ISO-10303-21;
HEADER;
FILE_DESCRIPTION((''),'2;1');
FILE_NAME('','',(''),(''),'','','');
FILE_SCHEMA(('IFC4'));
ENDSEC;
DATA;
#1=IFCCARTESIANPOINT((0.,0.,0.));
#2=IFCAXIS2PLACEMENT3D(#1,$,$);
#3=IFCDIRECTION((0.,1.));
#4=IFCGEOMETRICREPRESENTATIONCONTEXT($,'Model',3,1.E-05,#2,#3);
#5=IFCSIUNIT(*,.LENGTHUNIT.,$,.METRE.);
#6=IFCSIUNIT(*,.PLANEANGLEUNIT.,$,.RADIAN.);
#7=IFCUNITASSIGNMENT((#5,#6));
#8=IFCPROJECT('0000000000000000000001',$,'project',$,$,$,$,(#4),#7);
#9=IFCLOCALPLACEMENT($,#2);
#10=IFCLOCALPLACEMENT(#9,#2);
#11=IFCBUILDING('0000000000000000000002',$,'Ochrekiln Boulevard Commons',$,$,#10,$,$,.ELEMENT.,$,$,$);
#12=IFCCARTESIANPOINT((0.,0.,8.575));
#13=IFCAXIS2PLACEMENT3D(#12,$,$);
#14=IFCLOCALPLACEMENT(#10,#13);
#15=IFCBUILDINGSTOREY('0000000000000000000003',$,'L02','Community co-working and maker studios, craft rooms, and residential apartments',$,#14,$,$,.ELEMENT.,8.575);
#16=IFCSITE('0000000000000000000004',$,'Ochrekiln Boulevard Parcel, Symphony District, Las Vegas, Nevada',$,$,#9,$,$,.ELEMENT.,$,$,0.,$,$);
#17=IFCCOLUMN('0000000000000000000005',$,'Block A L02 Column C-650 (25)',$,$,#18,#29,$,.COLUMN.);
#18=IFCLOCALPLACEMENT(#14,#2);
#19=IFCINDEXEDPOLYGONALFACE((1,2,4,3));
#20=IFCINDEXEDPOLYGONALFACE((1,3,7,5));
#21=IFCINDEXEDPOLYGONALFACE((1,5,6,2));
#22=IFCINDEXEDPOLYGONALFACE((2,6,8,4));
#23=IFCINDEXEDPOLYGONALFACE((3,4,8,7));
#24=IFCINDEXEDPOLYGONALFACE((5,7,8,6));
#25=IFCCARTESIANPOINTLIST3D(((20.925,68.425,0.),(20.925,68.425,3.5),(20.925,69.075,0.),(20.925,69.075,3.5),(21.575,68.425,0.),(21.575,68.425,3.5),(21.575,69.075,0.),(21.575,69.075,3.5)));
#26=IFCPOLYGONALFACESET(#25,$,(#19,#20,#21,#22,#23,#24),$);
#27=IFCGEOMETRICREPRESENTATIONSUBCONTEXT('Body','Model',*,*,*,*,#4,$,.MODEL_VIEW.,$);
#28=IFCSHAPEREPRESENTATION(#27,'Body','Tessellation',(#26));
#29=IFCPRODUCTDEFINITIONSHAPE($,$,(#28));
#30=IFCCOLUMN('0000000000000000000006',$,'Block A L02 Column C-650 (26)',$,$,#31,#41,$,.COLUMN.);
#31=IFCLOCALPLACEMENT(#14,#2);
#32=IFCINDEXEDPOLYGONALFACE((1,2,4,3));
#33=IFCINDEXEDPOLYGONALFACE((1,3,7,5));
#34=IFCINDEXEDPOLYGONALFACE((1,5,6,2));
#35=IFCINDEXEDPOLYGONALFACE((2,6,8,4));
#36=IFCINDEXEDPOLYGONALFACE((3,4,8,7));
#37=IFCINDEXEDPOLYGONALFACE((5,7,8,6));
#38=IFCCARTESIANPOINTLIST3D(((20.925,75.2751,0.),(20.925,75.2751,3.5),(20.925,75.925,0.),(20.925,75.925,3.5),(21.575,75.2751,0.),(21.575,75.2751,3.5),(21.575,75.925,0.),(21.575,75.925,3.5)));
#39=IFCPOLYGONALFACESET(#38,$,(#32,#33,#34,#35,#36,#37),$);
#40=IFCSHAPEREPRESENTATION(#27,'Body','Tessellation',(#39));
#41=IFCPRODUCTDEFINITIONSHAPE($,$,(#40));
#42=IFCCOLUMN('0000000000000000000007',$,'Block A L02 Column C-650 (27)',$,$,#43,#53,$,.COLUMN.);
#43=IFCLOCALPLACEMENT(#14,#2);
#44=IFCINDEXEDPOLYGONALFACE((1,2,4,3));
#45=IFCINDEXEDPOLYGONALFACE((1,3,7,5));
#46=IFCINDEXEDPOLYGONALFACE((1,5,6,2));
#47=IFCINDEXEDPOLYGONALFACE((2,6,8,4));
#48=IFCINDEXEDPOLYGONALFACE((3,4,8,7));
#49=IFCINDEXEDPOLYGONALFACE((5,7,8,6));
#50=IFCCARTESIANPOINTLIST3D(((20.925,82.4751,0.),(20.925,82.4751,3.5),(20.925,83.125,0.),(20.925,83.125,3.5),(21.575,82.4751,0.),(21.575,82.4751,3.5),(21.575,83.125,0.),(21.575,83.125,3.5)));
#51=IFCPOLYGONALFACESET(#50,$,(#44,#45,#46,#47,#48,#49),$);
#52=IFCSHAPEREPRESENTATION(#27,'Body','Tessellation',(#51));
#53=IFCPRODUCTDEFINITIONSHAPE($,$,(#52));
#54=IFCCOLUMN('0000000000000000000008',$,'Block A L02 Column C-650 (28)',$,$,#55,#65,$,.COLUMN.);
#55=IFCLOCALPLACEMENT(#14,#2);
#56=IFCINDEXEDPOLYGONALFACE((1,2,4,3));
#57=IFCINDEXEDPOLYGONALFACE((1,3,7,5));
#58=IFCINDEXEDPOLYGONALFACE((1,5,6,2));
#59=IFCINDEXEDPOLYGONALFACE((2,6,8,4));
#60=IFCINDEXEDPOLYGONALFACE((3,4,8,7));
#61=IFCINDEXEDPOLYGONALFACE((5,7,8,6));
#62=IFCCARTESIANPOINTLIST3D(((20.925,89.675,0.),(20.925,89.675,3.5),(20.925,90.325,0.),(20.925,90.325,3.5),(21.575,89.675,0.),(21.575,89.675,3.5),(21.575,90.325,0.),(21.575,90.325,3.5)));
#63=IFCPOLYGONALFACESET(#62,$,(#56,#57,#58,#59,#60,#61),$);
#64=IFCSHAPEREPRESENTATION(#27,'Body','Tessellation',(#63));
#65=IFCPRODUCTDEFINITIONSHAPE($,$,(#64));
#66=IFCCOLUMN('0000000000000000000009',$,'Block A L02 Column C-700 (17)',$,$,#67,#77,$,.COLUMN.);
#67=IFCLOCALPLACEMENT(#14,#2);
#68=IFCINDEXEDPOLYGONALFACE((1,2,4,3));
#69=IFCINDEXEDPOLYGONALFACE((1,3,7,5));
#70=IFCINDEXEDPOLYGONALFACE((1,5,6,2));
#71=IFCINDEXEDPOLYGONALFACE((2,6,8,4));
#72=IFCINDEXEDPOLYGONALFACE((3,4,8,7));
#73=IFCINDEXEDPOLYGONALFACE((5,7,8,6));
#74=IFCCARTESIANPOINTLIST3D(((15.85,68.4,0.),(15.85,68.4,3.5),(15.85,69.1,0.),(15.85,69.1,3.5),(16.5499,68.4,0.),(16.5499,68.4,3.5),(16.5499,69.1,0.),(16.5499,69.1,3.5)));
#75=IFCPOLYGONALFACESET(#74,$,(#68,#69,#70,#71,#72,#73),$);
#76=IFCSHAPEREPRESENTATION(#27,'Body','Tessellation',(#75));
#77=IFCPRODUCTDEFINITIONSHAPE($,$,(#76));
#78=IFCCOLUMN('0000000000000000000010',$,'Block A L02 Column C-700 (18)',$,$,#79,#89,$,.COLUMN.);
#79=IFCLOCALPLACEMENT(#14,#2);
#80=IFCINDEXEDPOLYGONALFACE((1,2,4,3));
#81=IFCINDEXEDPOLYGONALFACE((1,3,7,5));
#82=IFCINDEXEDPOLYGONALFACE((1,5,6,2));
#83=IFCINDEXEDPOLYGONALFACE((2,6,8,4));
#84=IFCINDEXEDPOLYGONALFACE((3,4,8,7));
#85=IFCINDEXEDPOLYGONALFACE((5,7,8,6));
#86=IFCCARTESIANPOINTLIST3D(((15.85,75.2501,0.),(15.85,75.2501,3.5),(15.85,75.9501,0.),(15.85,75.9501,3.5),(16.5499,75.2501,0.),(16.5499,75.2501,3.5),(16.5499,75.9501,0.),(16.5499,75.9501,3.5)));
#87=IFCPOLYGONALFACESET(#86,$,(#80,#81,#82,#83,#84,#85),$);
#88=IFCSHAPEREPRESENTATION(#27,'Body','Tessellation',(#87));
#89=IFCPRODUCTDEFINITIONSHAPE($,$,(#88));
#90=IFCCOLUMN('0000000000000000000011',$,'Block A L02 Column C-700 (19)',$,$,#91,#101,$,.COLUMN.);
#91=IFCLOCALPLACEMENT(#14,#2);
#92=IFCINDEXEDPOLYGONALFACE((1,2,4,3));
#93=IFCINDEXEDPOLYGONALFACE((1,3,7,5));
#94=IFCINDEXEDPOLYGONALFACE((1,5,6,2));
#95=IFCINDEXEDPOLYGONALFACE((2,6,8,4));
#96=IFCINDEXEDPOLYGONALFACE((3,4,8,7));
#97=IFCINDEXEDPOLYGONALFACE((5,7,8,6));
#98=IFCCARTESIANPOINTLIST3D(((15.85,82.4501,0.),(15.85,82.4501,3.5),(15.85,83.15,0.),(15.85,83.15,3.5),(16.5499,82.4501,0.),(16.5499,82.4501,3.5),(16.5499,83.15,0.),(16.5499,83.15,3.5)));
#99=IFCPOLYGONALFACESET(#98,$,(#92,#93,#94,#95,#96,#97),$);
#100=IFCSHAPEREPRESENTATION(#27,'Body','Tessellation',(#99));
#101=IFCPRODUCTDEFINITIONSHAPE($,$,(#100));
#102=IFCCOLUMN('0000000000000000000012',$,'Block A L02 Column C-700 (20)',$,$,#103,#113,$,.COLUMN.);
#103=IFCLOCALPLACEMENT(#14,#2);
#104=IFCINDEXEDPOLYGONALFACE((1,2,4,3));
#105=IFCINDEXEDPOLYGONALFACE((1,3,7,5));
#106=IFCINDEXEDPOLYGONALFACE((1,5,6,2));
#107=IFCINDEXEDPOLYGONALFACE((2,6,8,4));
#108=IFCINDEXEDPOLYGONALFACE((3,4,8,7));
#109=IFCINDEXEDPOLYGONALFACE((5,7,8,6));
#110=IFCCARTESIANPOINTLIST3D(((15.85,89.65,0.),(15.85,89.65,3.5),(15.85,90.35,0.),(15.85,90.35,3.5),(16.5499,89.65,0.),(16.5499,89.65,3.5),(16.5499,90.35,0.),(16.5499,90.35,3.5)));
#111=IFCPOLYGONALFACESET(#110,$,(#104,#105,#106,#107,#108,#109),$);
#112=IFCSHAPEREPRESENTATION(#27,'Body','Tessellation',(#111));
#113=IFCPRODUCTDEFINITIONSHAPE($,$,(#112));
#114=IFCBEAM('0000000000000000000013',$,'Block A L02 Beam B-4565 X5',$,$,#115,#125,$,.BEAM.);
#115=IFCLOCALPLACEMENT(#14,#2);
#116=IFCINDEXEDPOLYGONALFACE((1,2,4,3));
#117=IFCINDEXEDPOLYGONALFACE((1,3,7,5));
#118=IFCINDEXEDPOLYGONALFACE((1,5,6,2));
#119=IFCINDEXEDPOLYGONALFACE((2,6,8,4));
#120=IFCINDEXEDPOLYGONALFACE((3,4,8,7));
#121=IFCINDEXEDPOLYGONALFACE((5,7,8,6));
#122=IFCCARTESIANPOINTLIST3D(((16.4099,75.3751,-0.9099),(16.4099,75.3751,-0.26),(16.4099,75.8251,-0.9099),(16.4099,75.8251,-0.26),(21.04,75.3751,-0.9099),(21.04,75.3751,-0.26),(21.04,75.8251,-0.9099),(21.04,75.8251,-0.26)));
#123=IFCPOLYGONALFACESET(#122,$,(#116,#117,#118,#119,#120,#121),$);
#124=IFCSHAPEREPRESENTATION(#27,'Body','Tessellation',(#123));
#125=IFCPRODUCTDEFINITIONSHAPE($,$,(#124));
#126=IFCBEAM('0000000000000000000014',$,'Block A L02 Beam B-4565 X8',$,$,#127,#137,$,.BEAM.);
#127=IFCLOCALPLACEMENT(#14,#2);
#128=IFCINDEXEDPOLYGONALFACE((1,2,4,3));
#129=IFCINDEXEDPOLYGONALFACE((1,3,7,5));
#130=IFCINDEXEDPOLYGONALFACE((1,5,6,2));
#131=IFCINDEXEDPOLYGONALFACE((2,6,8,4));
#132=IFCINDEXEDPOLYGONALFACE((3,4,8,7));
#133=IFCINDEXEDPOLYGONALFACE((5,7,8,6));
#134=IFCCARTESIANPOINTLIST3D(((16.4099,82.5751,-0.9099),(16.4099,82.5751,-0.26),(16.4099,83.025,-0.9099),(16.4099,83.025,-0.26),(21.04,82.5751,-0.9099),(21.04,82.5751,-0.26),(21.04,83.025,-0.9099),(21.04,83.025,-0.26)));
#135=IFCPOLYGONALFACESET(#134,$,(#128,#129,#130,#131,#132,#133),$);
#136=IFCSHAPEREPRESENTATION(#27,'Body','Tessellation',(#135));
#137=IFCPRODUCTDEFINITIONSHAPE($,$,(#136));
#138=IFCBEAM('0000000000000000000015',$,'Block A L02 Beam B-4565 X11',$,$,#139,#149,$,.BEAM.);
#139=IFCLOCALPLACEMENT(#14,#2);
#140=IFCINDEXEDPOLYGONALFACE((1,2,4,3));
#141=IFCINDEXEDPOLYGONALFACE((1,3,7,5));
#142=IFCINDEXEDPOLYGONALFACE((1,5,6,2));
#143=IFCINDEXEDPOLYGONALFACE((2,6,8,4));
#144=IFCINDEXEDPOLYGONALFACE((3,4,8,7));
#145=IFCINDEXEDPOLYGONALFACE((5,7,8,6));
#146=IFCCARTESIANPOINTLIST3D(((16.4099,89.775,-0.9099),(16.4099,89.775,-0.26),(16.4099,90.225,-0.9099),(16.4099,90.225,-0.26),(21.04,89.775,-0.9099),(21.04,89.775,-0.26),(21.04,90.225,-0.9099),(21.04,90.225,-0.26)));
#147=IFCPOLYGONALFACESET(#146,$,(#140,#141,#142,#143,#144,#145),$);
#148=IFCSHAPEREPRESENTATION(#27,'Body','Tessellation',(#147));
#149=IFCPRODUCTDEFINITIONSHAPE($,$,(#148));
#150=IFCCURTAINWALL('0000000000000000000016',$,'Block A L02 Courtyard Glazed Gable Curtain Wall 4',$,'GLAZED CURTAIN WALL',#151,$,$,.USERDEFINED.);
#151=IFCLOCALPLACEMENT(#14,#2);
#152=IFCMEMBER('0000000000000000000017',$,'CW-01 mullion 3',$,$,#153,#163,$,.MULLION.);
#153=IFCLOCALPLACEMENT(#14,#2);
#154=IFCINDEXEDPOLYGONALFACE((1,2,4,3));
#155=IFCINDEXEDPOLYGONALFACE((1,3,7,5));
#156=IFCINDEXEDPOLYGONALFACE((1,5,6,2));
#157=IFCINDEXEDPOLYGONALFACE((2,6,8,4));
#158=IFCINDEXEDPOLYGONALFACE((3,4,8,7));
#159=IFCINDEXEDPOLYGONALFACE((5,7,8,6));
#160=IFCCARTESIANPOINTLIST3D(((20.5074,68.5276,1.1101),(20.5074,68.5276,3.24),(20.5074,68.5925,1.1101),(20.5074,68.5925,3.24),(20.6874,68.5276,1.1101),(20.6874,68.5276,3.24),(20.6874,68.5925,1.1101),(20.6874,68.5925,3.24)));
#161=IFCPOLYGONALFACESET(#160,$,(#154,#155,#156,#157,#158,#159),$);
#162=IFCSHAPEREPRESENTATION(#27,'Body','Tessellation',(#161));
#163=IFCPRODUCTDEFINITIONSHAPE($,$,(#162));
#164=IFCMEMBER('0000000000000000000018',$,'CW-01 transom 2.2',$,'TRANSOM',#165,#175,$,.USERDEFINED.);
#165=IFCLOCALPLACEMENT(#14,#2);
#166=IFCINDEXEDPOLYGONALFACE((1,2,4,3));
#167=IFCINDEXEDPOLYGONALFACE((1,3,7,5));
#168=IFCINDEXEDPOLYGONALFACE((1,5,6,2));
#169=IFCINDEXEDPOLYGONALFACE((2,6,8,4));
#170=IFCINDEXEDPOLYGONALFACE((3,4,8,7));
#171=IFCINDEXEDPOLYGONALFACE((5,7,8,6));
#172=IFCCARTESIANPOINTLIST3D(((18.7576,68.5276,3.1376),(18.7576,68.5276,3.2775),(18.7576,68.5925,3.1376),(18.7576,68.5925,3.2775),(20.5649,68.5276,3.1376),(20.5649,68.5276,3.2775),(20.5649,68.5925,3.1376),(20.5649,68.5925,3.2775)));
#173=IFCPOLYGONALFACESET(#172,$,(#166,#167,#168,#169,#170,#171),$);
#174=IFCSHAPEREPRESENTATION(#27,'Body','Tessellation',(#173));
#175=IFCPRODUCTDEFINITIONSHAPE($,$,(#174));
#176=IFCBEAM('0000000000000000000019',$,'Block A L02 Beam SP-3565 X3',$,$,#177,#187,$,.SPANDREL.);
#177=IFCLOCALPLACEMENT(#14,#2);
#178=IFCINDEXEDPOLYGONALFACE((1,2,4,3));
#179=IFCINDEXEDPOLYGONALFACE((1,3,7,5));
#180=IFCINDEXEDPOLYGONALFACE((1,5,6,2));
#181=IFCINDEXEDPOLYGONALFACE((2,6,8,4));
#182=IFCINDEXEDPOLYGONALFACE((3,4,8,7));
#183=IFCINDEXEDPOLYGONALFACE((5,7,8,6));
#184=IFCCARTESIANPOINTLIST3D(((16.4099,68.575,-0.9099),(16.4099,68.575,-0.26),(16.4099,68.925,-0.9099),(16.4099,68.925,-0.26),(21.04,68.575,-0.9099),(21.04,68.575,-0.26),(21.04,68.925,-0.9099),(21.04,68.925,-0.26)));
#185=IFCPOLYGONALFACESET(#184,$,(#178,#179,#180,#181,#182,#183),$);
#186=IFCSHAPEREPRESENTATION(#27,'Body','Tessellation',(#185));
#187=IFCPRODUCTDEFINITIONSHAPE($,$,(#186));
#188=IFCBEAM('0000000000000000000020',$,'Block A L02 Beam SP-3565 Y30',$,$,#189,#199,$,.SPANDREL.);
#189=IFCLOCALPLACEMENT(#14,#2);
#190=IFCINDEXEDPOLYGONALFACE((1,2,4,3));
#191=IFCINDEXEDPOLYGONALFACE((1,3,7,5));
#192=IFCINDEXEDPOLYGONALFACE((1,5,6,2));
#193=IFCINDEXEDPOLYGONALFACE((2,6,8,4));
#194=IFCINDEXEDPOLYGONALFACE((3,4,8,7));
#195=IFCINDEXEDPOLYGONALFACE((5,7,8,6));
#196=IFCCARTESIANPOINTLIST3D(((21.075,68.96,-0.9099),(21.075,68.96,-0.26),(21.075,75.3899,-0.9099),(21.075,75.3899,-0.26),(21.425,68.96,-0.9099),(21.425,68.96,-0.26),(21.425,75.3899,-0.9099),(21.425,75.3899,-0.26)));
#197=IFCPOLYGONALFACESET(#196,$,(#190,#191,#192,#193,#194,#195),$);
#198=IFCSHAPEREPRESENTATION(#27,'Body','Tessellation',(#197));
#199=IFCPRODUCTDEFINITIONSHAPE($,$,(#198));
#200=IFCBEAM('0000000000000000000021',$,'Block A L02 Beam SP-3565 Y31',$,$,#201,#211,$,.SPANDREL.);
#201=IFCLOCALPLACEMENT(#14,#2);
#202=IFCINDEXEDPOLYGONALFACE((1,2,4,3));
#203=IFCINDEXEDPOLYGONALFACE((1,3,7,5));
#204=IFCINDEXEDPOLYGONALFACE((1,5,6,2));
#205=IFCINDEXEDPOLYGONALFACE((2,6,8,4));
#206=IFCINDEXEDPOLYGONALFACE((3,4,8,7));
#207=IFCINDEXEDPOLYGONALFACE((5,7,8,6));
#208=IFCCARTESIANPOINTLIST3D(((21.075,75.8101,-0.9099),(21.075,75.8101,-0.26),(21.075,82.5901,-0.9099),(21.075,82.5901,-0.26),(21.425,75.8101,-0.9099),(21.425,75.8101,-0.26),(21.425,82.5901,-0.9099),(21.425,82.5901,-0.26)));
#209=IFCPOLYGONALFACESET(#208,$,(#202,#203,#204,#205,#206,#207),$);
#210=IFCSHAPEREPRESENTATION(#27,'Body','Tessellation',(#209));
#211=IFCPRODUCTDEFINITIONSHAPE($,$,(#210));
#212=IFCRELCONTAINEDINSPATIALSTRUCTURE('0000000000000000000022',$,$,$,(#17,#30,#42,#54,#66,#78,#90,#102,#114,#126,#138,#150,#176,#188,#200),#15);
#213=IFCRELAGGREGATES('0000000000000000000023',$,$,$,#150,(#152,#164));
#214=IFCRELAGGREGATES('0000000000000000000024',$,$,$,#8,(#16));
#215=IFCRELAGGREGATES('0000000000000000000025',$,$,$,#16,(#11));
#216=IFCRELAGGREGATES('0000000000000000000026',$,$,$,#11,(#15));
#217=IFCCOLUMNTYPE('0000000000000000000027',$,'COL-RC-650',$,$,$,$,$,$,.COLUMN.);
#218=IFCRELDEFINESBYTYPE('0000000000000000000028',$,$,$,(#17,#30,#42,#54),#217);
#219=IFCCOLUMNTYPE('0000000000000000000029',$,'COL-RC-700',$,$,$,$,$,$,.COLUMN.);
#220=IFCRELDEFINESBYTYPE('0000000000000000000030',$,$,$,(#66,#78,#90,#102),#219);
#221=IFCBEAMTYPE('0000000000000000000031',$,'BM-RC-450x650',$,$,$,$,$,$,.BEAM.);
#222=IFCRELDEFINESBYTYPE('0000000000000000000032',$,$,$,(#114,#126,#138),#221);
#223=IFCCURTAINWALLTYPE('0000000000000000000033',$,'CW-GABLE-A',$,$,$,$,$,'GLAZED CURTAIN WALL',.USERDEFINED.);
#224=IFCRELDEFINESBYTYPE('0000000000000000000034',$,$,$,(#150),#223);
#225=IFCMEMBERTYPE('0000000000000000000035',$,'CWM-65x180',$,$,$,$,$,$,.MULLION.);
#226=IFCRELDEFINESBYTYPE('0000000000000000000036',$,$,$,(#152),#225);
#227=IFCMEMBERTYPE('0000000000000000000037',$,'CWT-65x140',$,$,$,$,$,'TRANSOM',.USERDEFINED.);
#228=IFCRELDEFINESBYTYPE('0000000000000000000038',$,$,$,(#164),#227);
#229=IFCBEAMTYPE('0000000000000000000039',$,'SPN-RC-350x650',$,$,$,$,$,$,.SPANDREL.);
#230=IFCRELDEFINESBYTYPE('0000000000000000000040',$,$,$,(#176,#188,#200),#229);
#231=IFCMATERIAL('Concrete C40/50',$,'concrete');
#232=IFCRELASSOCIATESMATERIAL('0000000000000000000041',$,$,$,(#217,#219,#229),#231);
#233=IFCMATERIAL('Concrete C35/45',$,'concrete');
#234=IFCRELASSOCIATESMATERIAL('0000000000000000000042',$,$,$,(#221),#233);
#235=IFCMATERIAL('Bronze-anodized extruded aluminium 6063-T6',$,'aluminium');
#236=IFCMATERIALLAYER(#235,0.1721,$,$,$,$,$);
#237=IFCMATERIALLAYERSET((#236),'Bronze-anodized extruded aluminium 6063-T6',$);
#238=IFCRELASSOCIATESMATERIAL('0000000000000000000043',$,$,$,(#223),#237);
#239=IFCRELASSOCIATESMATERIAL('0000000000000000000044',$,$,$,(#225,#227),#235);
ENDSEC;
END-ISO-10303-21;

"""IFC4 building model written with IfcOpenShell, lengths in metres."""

from ifc_helpers import new_model, si_unit, direction, frame, origin, origin_2d, place, context, subcontext, project, spatial, rectangle, extrude, material, layer, layer_set, material_profile, profile_set, type_object, element, aggregate, save


model = new_model("IFC4")

# Units and contexts
model_context = context("Model", 3, precision=1e-05, world=origin(), true_north=direction((0.0, 1.0)))
body_context = subcontext(model_context, "Body", "Model", "MODEL_VIEW")
ifc_project = project(units=[si_unit("LENGTHUNIT", "METRE"), si_unit("PLANEANGLEUNIT", "RADIAN")], contexts=[model_context])

# Site, building, storey
site_placement = place(None, origin())
site = spatial("IfcSite", under=ifc_project, at=site_placement, Name="Ochrekiln Boulevard Parcel, Symphony District, Las Vegas, Nevada", CompositionType="ELEMENT", RefElevation=0.0)
building_placement = place(site_placement, origin())
building = spatial("IfcBuilding", under=site, at=building_placement, Name="Ochrekiln Boulevard Commons", CompositionType="ELEMENT")
storey_placement = place(building_placement, frame((0.0, 0.0, 8.575)))
storey = spatial("IfcBuildingStorey", under=building, at=storey_placement, Name="L02", Description="Community co-working and maker studios, craft rooms, and residential apartments", CompositionType="ELEMENT", Elevation=8.575)

# Columns
ifc_material_1 = material(Name="Concrete C40/50", Category="concrete")
ifc_material_profile_1 = material_profile(ifc_material_1, rectangle(XDim=0.6499, YDim=0.6499, at=origin_2d()), Name="RC-COL-650x650")
ifc_profile_set_1 = profile_set([ifc_material_profile_1], Name="Concrete C40/50")
column_type_1 = type_object("IfcColumnType", Name="COL-RC-650", PredefinedType="COLUMN", material=ifc_profile_set_1)
for number, where, z_axis, x_axis, name in (
    (1, (21.25, 68.75, 0.0), (0.0, 0.0, 1.0), (1.0, 0.0, 0.0), "Block A L02 Column C-650 (25)"),
    (2, (21.25, 75.6001, 0.0), (0.0, 0.0, 1.0), (1.0, 0.0, 0.0), "Block A L02 Column C-650 (26)"),
    (3, (21.25, 82.8, 0.0), (0.0, 0.0, 1.0), (1.0, 0.0, 0.0), "Block A L02 Column C-650 (27)"),
    (4, (21.25, 90.0, 0.0), (0.0, 0.0, 1.0), (1.0, 0.0, 0.0), "Block A L02 Column C-650 (28)"),
):
    element("IfcColumn", number, at=place(storey_placement, frame(where, z_axis=z_axis, x_axis=x_axis)), inside=storey, type_object=column_type_1, Name=name, PredefinedType="COLUMN", context=body_context, shape_type="SweptSolid", body=[
        extrude(rectangle(XDim=0.6499, YDim=0.6499, at=origin_2d()), origin(), (0.0, 0.0, 1.0), 3.5),
    ])
ifc_material_profile_2 = material_profile(ifc_material_1, rectangle(XDim=0.7, YDim=0.7, at=origin_2d()), Name="RC-COL-700x700")
ifc_profile_set_2 = profile_set([ifc_material_profile_2], Name="Concrete C40/50")
column_type_2 = type_object("IfcColumnType", Name="COL-RC-700", PredefinedType="COLUMN", material=ifc_profile_set_2)
for number, where, z_axis, x_axis, name in (
    (5, (16.2, 68.75, 0.0), (0.0, 0.0, 1.0), (1.0, 0.0, 0.0), "Block A L02 Column C-700 (17)"),
    (6, (16.2, 75.6001, 0.0), (0.0, 0.0, 1.0), (1.0, 0.0, 0.0), "Block A L02 Column C-700 (18)"),
    (7, (16.2, 82.8, 0.0), (0.0, 0.0, 1.0), (1.0, 0.0, 0.0), "Block A L02 Column C-700 (19)"),
    (8, (16.2, 90.0, 0.0), (0.0, 0.0, 1.0), (1.0, 0.0, 0.0), "Block A L02 Column C-700 (20)"),
):
    element("IfcColumn", number, at=place(storey_placement, frame(where, z_axis=z_axis, x_axis=x_axis)), inside=storey, type_object=column_type_2, Name=name, PredefinedType="COLUMN", context=body_context, shape_type="SweptSolid", body=[
        extrude(rectangle(XDim=0.7, YDim=0.7, at=origin_2d()), origin(), (0.0, 0.0, 1.0), 3.5),
    ])

# Beams
ifc_material_2 = material(Name="Concrete C35/45", Category="concrete")
ifc_material_profile_3 = material_profile(ifc_material_2, rectangle(XDim=0.45, YDim=0.6499, at=origin_2d()), Name="RC-BM-450x650")
ifc_profile_set_3 = profile_set([ifc_material_profile_3], Name="Concrete C35/45")
beam_type_1 = type_object("IfcBeamType", Name="BM-RC-450x650", PredefinedType="BEAM", material=ifc_profile_set_3)
for number, where, z_axis, x_axis, name in (
    (9, (16.4099, 75.6001, -0.585), (1.0, 0.0, 0.0), (0.0, 1.0, 0.0), "Block A L02 Beam B-4565 X5"),
    (10, (16.4099, 82.8, -0.585), (1.0, 0.0, 0.0), (0.0, 1.0, 0.0), "Block A L02 Beam B-4565 X8"),
    (11, (16.4099, 90.0, -0.585), (1.0, 0.0, 0.0), (0.0, 1.0, 0.0), "Block A L02 Beam B-4565 X11"),
):
    element("IfcBeam", number, at=place(storey_placement, frame(where, z_axis=z_axis, x_axis=x_axis)), inside=storey, type_object=beam_type_1, Name=name, PredefinedType="BEAM", context=body_context, shape_type="SweptSolid", body=[
        extrude(rectangle(XDim=0.45, YDim=0.6499, at=origin_2d()), origin(), (0.0, 0.0, 1.0), 4.6301),
    ])

# Curtain wall, members
ifc_material_3 = material(Name="Bronze-anodized extruded aluminium 6063-T6", Category="aluminium")
ifc_layer_1 = layer(ifc_material_3, 0.1721)
ifc_layer_set_1 = layer_set([ifc_layer_1], Name="Bronze-anodized extruded aluminium 6063-T6")
curtain_wall_type = type_object("IfcCurtainWallType", Name="CW-GABLE-A", ElementType="GLAZED CURTAIN WALL", PredefinedType="USERDEFINED", material=ifc_layer_set_1)
curtain_wall_placement = place(storey_placement, origin())
curtain_wall = element("IfcCurtainWall", 12, at=curtain_wall_placement, inside=storey, type_object=curtain_wall_type, Name="Block A L02 Courtyard Glazed Gable Curtain Wall 4", ObjectType="GLAZED CURTAIN WALL", PredefinedType="USERDEFINED")
ifc_material_profile_4 = material_profile(ifc_material_3, rectangle(XDim=0.0649, YDim=0.1799, at=origin_2d()), Name="ALU-MUL-65x180")
ifc_profile_set_4 = profile_set([ifc_material_profile_4], Name="Bronze-anodized extruded aluminium 6063-T6")
member_type_1 = type_object("IfcMemberType", Name="CWM-65x180", PredefinedType="MULLION", material=ifc_profile_set_4)
member_1_placement = place(storey_placement, frame((20.5974, 68.5601, 1.1101), z_axis=(0.0, 0.0, 1.0), x_axis=(0.0, 1.0, 0.0)))
member_1 = element("IfcMember", 13, at=member_1_placement, type_object=member_type_1, Name="CW-01 mullion 3", PredefinedType="MULLION", context=body_context, shape_type="SweptSolid", body=[
    extrude(rectangle(XDim=0.0649, YDim=0.1799, at=origin_2d()), origin(), (0.0, 0.0, 1.0), 2.1299),
])
ifc_material_profile_5 = material_profile(ifc_material_3, rectangle(XDim=0.0649, YDim=0.1399, at=origin_2d()), Name="ALU-TRN-65x140")
ifc_profile_set_5 = profile_set([ifc_material_profile_5], Name="Bronze-anodized extruded aluminium 6063-T6")
member_type_2 = type_object("IfcMemberType", Name="CWT-65x140", ElementType="TRANSOM", PredefinedType="USERDEFINED", material=ifc_profile_set_5)
member_2_placement = place(storey_placement, frame((18.7576, 68.5601, 3.2075), z_axis=(1.0, 0.0, 0.0), x_axis=(0.0, 1.0, 0.0)))
member_2 = element("IfcMember", 14, at=member_2_placement, type_object=member_type_2, Name="CW-01 transom 2.2", ObjectType="TRANSOM", PredefinedType="USERDEFINED", context=body_context, shape_type="SweptSolid", body=[
    extrude(rectangle(XDim=0.0649, YDim=0.1399, at=origin_2d()), origin(), (0.0, 0.0, 1.0), 1.8074),
])

# Beams
ifc_material_profile_6 = material_profile(ifc_material_1, rectangle(XDim=0.3501, YDim=0.6499, at=origin_2d()), Name="RC-SPN-350x650")
ifc_profile_set_6 = profile_set([ifc_material_profile_6], Name="Concrete C40/50")
beam_type_2 = type_object("IfcBeamType", Name="SPN-RC-350x650", PredefinedType="SPANDREL", material=ifc_profile_set_6)
beam_1_placement = place(storey_placement, frame((16.4099, 68.75, -0.585), z_axis=(1.0, 0.0, 0.0), x_axis=(0.0, 1.0, 0.0)))
element("IfcBeam", 15, at=beam_1_placement, inside=storey, type_object=beam_type_2, Name="Block A L02 Beam SP-3565 X3", PredefinedType="SPANDREL", context=body_context, shape_type="SweptSolid", body=[
    extrude(rectangle(XDim=0.3501, YDim=0.6499, at=origin_2d()), origin(), (0.0, 0.0, 1.0), 4.6301),
])
beam_2_placement = place(storey_placement, frame((21.25, 68.96, -0.585), z_axis=(0.0, 1.0, 0.0), x_axis=(-1.0, 0.0, 0.0)))
element("IfcBeam", 16, at=beam_2_placement, inside=storey, type_object=beam_type_2, Name="Block A L02 Beam SP-3565 Y30", PredefinedType="SPANDREL", context=body_context, shape_type="SweptSolid", body=[
    extrude(rectangle(XDim=0.3501, YDim=0.6499, at=origin_2d()), origin(), (0.0, 0.0, 1.0), 6.4299),
])
for number, where, z_axis, x_axis, name in (
    (17, (21.25, 75.8101, -0.585), (0.0, 1.0, 0.0), (-1.0, 0.0, 0.0), "Block A L02 Beam SP-3565 Y31"),
):
    element("IfcBeam", number, at=place(storey_placement, frame(where, z_axis=z_axis, x_axis=x_axis)), inside=storey, type_object=beam_type_2, Name=name, PredefinedType="SPANDREL", context=body_context, shape_type="SweptSolid", body=[
        extrude(rectangle(XDim=0.3501, YDim=0.6499, at=origin_2d()), origin(), (0.0, 0.0, 1.0), 6.78),
    ])

aggregate(curtain_wall, [member_1, member_2])

save(model, "model.ifc")
